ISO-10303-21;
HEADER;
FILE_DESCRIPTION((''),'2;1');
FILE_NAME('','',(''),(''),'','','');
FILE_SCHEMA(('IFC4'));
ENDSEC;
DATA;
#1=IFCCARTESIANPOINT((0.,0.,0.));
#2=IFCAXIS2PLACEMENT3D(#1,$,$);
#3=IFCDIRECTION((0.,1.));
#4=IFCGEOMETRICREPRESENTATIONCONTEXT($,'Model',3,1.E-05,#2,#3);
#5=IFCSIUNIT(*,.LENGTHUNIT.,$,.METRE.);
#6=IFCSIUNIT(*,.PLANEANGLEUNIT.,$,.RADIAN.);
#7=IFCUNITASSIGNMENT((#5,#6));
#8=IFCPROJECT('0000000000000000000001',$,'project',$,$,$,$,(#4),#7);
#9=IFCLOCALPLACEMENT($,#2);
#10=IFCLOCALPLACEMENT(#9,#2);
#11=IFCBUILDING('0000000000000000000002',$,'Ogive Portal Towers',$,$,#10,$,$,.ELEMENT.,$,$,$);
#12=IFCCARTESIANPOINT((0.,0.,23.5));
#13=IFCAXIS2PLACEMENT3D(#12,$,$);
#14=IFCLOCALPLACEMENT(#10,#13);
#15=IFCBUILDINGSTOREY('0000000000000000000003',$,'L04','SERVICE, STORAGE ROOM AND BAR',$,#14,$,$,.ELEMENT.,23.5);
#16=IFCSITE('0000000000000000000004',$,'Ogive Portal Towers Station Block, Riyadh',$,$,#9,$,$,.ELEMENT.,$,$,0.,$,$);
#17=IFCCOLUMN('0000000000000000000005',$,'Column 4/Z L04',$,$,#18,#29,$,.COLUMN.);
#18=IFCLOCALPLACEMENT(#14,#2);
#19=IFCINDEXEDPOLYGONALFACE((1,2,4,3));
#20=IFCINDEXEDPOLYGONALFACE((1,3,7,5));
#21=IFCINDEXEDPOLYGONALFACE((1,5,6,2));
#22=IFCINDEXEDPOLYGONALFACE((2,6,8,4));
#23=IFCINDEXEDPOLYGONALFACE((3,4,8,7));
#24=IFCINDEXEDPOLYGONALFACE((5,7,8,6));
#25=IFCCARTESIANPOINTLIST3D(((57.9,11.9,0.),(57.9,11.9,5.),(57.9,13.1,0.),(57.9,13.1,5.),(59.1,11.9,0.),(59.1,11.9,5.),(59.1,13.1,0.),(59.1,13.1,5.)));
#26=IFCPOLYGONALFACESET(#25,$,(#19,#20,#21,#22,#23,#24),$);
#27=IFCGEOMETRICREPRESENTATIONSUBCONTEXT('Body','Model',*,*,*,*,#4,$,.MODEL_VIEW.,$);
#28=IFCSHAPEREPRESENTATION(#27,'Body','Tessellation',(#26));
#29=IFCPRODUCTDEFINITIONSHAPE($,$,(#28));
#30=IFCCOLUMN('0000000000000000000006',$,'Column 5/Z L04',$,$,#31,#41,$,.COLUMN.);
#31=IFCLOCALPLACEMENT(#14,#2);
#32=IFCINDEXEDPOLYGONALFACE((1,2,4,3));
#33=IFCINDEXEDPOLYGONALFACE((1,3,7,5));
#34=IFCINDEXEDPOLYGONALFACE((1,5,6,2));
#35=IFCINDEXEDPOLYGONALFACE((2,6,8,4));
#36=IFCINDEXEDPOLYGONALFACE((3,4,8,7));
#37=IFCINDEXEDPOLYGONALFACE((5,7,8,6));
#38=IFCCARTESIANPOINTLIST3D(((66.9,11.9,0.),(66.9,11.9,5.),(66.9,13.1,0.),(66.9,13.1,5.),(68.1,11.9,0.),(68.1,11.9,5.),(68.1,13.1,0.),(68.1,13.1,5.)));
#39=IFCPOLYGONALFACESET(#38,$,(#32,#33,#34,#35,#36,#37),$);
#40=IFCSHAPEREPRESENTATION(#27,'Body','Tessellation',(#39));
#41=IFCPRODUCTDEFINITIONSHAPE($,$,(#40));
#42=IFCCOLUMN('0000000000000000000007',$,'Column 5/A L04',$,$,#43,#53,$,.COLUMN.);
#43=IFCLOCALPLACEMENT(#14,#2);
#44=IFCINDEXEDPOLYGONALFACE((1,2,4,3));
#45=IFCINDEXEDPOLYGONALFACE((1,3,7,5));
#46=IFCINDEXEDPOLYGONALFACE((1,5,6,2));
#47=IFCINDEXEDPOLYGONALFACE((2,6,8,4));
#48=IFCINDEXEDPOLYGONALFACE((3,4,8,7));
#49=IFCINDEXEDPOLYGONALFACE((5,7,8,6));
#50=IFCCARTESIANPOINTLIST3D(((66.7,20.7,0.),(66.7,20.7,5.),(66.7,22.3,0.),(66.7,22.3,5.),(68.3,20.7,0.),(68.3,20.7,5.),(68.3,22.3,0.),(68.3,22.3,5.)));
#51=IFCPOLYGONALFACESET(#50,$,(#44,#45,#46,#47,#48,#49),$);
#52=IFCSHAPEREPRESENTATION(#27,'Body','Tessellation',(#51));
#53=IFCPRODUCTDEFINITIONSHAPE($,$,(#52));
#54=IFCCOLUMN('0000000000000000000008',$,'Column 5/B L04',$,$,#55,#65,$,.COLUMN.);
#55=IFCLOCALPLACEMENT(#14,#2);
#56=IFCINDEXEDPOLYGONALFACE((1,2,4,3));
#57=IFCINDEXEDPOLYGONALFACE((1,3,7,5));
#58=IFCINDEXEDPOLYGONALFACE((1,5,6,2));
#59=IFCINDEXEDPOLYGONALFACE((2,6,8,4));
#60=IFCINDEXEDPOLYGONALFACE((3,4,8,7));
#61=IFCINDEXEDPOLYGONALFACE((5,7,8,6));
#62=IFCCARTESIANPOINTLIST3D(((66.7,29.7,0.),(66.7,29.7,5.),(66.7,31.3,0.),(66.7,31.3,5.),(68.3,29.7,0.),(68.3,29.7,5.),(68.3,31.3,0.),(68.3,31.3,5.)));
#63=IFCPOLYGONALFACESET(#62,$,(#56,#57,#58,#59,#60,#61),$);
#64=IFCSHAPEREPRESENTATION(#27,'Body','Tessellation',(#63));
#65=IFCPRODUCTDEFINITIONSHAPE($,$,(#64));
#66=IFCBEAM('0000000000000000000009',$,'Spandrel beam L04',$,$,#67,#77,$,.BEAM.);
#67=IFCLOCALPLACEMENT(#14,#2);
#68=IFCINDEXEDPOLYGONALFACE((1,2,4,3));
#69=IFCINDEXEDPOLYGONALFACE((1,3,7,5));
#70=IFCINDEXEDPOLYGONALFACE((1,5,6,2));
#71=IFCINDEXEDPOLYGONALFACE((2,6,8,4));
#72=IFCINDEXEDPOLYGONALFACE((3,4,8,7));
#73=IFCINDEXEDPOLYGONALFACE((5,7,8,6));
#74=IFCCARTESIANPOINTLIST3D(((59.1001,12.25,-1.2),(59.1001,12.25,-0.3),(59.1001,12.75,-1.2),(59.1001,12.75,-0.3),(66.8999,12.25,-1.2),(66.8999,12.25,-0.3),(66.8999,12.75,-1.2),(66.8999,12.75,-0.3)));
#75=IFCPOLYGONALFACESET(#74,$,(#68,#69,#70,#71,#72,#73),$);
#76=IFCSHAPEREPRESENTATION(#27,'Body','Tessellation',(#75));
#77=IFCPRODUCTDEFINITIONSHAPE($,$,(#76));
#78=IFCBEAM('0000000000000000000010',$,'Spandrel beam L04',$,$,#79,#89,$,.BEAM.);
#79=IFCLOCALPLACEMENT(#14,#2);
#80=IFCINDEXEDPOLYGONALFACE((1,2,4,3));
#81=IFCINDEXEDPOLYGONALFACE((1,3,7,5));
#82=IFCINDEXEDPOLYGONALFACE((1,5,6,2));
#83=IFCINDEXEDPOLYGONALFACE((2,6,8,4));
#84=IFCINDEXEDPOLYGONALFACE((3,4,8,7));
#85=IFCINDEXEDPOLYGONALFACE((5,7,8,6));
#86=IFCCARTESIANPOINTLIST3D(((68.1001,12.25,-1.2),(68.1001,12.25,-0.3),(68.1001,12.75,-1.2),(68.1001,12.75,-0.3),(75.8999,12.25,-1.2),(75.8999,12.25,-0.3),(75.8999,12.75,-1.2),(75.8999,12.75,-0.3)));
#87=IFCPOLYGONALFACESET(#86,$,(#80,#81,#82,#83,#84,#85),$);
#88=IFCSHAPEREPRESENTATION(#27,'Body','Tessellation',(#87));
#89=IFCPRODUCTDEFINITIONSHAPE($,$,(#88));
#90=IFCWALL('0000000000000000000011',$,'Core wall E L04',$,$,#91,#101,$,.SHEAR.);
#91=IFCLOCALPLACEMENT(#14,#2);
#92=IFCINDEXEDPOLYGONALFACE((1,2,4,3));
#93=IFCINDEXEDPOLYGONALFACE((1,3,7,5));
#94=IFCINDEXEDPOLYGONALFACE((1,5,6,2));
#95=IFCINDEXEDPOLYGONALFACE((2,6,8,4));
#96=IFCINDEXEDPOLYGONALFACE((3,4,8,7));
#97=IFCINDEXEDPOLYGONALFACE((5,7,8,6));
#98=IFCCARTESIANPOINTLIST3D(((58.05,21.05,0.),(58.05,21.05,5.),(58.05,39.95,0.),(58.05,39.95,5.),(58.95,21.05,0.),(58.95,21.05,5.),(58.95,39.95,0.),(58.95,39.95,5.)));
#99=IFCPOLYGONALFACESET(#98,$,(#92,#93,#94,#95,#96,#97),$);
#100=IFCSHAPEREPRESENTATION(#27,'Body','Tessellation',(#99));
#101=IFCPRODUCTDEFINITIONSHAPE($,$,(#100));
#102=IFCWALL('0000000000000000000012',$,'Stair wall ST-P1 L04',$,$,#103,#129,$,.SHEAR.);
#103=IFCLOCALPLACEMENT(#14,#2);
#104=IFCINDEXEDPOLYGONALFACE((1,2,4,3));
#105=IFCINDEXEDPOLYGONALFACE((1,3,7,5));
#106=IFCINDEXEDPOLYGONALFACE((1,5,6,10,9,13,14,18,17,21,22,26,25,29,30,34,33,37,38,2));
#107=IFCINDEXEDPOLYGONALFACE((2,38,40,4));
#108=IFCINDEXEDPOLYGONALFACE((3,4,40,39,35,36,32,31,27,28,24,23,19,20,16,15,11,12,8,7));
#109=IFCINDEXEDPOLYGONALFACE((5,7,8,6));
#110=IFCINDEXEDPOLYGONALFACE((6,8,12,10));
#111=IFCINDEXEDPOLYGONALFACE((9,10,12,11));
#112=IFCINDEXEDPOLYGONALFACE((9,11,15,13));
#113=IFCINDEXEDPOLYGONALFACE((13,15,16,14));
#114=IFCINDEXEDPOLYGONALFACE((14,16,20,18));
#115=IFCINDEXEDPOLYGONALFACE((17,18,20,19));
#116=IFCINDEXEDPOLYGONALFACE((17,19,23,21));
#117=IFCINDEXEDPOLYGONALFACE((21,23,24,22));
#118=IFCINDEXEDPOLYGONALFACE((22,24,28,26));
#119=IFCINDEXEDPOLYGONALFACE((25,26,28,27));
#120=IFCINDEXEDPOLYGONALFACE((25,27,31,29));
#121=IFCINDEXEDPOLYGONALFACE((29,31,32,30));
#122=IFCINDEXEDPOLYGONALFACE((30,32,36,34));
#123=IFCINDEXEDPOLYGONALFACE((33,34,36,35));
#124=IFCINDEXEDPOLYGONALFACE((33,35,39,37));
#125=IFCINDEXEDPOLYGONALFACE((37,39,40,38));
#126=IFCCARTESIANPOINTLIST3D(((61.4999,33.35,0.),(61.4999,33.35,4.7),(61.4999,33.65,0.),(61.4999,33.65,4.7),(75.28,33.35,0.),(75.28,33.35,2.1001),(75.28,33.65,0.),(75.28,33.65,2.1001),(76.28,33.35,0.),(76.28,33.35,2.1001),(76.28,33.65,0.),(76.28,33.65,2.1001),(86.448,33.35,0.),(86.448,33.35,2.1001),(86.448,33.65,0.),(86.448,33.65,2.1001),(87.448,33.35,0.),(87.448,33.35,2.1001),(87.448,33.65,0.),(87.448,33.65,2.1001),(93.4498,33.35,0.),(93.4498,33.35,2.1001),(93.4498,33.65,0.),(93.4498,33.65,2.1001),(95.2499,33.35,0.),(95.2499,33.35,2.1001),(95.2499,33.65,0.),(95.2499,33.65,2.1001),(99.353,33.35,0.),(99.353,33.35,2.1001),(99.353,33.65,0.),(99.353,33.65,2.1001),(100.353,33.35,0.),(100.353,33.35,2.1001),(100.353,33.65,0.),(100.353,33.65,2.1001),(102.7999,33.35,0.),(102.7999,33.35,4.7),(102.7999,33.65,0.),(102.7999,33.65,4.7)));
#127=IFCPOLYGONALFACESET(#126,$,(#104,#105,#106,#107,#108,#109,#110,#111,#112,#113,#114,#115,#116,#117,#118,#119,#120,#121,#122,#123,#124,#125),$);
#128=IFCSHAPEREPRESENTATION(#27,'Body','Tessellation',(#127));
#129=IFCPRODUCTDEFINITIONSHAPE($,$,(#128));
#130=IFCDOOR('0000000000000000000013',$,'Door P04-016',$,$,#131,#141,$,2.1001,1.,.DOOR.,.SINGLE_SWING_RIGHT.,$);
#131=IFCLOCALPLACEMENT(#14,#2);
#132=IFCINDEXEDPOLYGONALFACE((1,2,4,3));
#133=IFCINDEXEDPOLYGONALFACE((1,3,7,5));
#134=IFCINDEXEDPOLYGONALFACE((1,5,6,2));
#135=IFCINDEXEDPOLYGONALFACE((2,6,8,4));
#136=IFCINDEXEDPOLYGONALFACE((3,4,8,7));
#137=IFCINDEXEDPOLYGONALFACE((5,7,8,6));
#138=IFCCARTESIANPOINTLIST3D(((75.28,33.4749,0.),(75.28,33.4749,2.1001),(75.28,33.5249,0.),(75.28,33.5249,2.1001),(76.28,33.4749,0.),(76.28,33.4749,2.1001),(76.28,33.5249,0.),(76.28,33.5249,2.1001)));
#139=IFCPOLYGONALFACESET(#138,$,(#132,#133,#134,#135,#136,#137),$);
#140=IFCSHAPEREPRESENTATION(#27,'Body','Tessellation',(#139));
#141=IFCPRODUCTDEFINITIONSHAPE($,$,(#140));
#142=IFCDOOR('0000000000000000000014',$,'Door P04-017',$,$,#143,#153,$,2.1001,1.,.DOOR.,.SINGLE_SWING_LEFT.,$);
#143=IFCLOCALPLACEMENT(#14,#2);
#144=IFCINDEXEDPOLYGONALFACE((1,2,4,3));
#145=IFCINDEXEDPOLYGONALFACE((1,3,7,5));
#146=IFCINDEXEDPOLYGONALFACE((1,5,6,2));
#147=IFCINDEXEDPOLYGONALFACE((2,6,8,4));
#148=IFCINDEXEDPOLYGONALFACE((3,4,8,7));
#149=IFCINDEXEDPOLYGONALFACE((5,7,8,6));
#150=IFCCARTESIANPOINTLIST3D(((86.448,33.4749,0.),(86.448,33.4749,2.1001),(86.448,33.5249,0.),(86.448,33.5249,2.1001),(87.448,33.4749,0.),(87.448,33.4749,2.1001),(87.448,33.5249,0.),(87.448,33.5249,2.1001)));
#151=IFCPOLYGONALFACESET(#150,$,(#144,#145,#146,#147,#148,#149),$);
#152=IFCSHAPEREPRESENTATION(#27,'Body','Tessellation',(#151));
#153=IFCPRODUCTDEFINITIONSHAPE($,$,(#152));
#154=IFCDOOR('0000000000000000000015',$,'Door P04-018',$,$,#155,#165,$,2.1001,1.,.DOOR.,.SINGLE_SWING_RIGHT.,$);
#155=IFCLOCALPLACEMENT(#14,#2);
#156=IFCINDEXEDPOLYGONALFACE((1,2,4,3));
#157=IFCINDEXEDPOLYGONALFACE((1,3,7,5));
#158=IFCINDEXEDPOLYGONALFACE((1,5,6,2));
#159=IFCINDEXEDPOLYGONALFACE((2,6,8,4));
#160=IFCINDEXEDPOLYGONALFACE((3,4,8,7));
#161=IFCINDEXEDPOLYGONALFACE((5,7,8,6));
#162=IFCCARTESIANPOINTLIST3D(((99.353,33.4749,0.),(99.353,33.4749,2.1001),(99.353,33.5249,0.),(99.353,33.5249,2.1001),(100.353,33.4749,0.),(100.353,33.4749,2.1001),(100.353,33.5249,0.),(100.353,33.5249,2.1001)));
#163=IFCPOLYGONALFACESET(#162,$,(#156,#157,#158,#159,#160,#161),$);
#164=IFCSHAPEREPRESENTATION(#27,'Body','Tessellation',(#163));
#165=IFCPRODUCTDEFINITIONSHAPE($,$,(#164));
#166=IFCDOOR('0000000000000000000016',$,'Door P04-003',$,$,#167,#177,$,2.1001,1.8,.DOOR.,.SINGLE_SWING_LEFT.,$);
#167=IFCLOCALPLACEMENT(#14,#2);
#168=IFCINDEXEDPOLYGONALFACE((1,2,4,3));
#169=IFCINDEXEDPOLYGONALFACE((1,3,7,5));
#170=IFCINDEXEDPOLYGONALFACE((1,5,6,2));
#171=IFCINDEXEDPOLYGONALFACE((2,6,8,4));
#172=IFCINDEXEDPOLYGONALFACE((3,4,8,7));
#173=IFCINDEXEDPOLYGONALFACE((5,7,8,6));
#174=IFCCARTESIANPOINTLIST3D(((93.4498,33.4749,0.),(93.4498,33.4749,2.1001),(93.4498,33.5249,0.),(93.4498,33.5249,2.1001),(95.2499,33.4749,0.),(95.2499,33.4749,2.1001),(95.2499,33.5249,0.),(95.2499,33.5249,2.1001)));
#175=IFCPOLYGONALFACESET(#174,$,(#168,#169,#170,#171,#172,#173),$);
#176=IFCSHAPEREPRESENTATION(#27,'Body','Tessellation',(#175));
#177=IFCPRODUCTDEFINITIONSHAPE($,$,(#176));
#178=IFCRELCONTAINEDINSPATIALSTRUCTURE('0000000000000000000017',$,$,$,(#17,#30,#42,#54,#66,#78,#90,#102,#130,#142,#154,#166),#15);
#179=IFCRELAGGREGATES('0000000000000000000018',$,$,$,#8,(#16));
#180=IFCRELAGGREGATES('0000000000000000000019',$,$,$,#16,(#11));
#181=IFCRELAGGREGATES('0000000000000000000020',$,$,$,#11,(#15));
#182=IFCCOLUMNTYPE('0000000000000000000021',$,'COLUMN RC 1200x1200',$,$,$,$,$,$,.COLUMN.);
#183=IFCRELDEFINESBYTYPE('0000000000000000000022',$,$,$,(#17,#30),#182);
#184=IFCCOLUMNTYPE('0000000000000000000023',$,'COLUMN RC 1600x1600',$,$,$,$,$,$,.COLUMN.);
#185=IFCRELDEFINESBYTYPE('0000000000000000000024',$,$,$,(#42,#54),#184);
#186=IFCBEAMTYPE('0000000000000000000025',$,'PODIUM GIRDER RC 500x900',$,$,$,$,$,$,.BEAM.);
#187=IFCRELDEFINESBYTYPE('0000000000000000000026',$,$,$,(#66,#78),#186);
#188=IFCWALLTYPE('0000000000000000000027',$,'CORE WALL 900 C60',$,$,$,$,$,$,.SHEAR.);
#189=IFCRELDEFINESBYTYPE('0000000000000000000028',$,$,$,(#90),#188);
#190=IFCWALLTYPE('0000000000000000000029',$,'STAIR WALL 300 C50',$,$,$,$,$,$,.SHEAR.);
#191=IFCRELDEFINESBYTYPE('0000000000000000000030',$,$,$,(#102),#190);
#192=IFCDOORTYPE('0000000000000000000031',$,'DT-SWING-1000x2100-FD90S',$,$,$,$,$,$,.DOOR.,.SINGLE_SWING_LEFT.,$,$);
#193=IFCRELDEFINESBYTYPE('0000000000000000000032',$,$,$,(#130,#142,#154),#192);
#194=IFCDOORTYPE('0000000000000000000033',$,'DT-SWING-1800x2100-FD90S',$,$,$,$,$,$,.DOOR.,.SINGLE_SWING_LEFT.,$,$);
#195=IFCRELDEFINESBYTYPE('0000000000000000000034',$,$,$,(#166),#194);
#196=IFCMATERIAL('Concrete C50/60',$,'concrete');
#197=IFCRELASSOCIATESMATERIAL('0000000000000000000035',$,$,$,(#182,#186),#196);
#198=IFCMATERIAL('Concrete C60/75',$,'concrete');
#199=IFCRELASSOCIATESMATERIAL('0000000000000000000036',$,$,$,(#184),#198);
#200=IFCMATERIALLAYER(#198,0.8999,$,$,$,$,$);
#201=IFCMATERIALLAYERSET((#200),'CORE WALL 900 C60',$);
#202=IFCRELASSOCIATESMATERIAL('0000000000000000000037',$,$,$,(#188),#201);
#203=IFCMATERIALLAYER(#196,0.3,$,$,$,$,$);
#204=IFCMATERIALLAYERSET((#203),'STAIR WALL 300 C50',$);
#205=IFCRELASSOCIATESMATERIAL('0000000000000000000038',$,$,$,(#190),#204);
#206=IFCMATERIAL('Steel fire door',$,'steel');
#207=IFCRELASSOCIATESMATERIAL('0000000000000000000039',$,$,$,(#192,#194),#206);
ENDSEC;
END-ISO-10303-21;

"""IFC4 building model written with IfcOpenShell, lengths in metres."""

from ifc_helpers import new_model, si_unit, direction, frame, frame_2d, origin, origin_2d, place, context, subcontext, project, spatial, rectangle, extrude, material, layer, layer_set, material_profile, profile_set, type_object, element, fill, save


model = new_model("IFC4")

# Units and contexts
model_context = context("Model", 3, precision=1e-05, world=origin(), true_north=direction((0.0, 1.0)))
body_context = subcontext(model_context, "Body", "Model", "MODEL_VIEW")
ifc_project = project(units=[si_unit("LENGTHUNIT", "METRE"), si_unit("PLANEANGLEUNIT", "RADIAN")], contexts=[model_context])

# Site, building, storey
site_placement = place(None, origin())
site = spatial("IfcSite", under=ifc_project, at=site_placement, Name="Ogive Portal Towers Station Block, Riyadh", CompositionType="ELEMENT", RefElevation=0.0)
building_placement = place(site_placement, origin())
building = spatial("IfcBuilding", under=site, at=building_placement, Name="Ogive Portal Towers", CompositionType="ELEMENT")
storey_placement = place(building_placement, frame((0.0, 0.0, 23.5)))
storey = spatial("IfcBuildingStorey", under=building, at=storey_placement, Name="L04", Description="SERVICE, STORAGE ROOM AND BAR", CompositionType="ELEMENT", Elevation=23.5)

# Columns
ifc_material_1 = material(Name="Concrete C50/60", Category="concrete")
ifc_material_profile_1 = material_profile(ifc_material_1, rectangle(XDim=1.2, YDim=1.2, at=origin_2d()), Name="RC 1200x1200")
ifc_profile_set_1 = profile_set([ifc_material_profile_1], Name="Concrete C50/60")
column_type_1 = type_object("IfcColumnType", Name="COLUMN RC 1200x1200", PredefinedType="COLUMN", material=ifc_profile_set_1)
for number, where, z_axis, x_axis, name in (
    (1, (58.5, 12.5, 0.0), (0.0, 0.0, 1.0), (1.0, 0.0, 0.0), "Column 4/Z L04"),
    (2, (67.5, 12.5, 0.0), (0.0, 0.0, 1.0), (1.0, 0.0, 0.0), "Column 5/Z L04"),
):
    element("IfcColumn", number, at=place(storey_placement, frame(where, z_axis=z_axis, x_axis=x_axis)), inside=storey, type_object=column_type_1, Name=name, PredefinedType="COLUMN", context=body_context, shape_type="SweptSolid", body=[
        extrude(rectangle(XDim=1.2, YDim=1.2, at=origin_2d()), origin(), (0.0, 0.0, 1.0), 5.0),
    ])
ifc_material_2 = material(Name="Concrete C60/75", Category="concrete")
ifc_material_profile_2 = material_profile(ifc_material_2, rectangle(XDim=1.6001, YDim=1.6001, at=origin_2d()), Name="RC 1600x1600")
ifc_profile_set_2 = profile_set([ifc_material_profile_2], Name="Concrete C60/75")
column_type_2 = type_object("IfcColumnType", Name="COLUMN RC 1600x1600", PredefinedType="COLUMN", material=ifc_profile_set_2)
for number, where, z_axis, x_axis, name in (
    (3, (67.5, 21.5, 0.0), (0.0, 0.0, 1.0), (1.0, 0.0, 0.0), "Column 5/A L04"),
    (4, (67.5, 30.5, 0.0), (0.0, 0.0, 1.0), (1.0, 0.0, 0.0), "Column 5/B L04"),
):
    element("IfcColumn", number, at=place(storey_placement, frame(where, z_axis=z_axis, x_axis=x_axis)), inside=storey, type_object=column_type_2, Name=name, PredefinedType="COLUMN", context=body_context, shape_type="SweptSolid", body=[
        extrude(rectangle(XDim=1.6001, YDim=1.6001, at=origin_2d()), origin(), (0.0, 0.0, 1.0), 5.0),
    ])

# Beams
ifc_material_profile_3 = material_profile(ifc_material_1, rectangle(XDim=0.5, YDim=0.8999, at=origin_2d()), Name="RC 500x900")
ifc_profile_set_3 = profile_set([ifc_material_profile_3], Name="Concrete C50/60")
beam_type = type_object("IfcBeamType", Name="PODIUM GIRDER RC 500x900", PredefinedType="BEAM", material=ifc_profile_set_3)
for number, where, z_axis, x_axis, name in (
    (5, (59.1001, 12.5, -0.75), (1.0, 0.0, 0.0), (0.0, 1.0, 0.0), "Spandrel beam L04"),
    (6, (68.1001, 12.5, -0.75), (1.0, 0.0, 0.0), (0.0, 1.0, 0.0), "Spandrel beam L04"),
):
    element("IfcBeam", number, at=place(storey_placement, frame(where, z_axis=z_axis, x_axis=x_axis)), inside=storey, type_object=beam_type, Name=name, PredefinedType="BEAM", context=body_context, shape_type="SweptSolid", body=[
        extrude(rectangle(XDim=0.5, YDim=0.8999, at=origin_2d()), origin(), (0.0, 0.0, 1.0), 7.7998),
    ])

# Wall
ifc_layer_1 = layer(ifc_material_2, 0.8999)
ifc_layer_set_1 = layer_set([ifc_layer_1], Name="CORE WALL 900 C60")
wall_type_1 = type_object("IfcWallType", Name="CORE WALL 900 C60", PredefinedType="SHEAR", material=ifc_layer_set_1)
wall_1_placement = place(storey_placement, frame((58.5, 21.05, 0.0), z_axis=(0.0, 0.0, 1.0), x_axis=(0.0, 1.0, 0.0)))
element("IfcWall", 7, at=wall_1_placement, inside=storey, type_object=wall_type_1, Name="Core wall E L04", PredefinedType="SHEAR", context=body_context, shape_type="SweptSolid", body=[
    extrude(rectangle(XDim=18.8999, YDim=0.8999, at=frame_2d((9.45, 0.0))), origin(), (0.0, 0.0, 1.0), 5.0),
])

# Wall, openings, doors
ifc_layer_2 = layer(ifc_material_1, 0.3)
ifc_layer_set_2 = layer_set([ifc_layer_2], Name="STAIR WALL 300 C50")
wall_type_2 = type_object("IfcWallType", Name="STAIR WALL 300 C50", PredefinedType="SHEAR", material=ifc_layer_set_2)
wall_2_placement = place(storey_placement, frame((61.5, 33.5, 0.0), z_axis=(0.0, 0.0, 1.0), x_axis=(1.0, 0.0, 0.0)))
wall_2 = element("IfcWall", 8, at=wall_2_placement, inside=storey, type_object=wall_type_2, Name="Stair wall ST-P1 L04", PredefinedType="SHEAR", context=body_context, shape_type="SweptSolid", body=[
    extrude(rectangle(XDim=41.3, YDim=0.3, at=frame_2d((20.6499, 0.0))), origin(), (0.0, 0.0, 1.0), 4.7),
])
opening_1_placement = place(wall_2_placement, frame((31.95, 0.0, 0.0)))
opening_1 = element("IfcOpeningElement", 9, at=opening_1_placement, cuts=wall_2, PredefinedType="OPENING", context=body_context, shape_type="SweptSolid", body=[
    extrude(rectangle(XDim=1.8, YDim=2.1001, at=frame_2d((0.8999, 1.05))), frame((0.0, 0.1602, 0.0), z_axis=(0.0, -1.0, 0.0), x_axis=(1.0, 0.0, 0.0)), (0.0, 0.0, 1.0), 0.3201),
])
opening_2_placement = place(wall_2_placement, frame((13.78, 0.0, 0.0)))
opening_2 = element("IfcOpeningElement", 10, at=opening_2_placement, cuts=wall_2, PredefinedType="OPENING", context=body_context, shape_type="SweptSolid", body=[
    extrude(rectangle(XDim=1.0, YDim=2.1001, at=frame_2d((0.5, 1.05))), frame((0.0, 0.1602, 0.0), z_axis=(0.0, -1.0, 0.0), x_axis=(1.0, 0.0, 0.0)), (0.0, 0.0, 1.0), 0.3201),
])
opening_3_placement = place(wall_2_placement, frame((24.948, 0.0, 0.0)))
opening_3 = element("IfcOpeningElement", 11, at=opening_3_placement, cuts=wall_2, PredefinedType="OPENING", context=body_context, shape_type="SweptSolid", body=[
    extrude(rectangle(XDim=1.0, YDim=2.1001, at=frame_2d((0.5, 1.05))), frame((0.0, 0.1602, 0.0), z_axis=(0.0, -1.0, 0.0), x_axis=(1.0, 0.0, 0.0)), (0.0, 0.0, 1.0), 0.3201),
])
opening_4_placement = place(wall_2_placement, frame((37.853, 0.0, 0.0)))
opening_4 = element("IfcOpeningElement", 12, at=opening_4_placement, cuts=wall_2, PredefinedType="OPENING", context=body_context, shape_type="SweptSolid", body=[
    extrude(rectangle(XDim=1.0, YDim=2.1001, at=frame_2d((0.5, 1.05))), frame((0.0, 0.1602, 0.0), z_axis=(0.0, -1.0, 0.0), x_axis=(1.0, 0.0, 0.0)), (0.0, 0.0, 1.0), 0.3201),
])
ifc_material_3 = material(Name="Steel fire door", Category="steel")
door_type_1 = type_object("IfcDoorType", Name="DT-SWING-1000x2100-FD90S", OperationType="SINGLE_SWING_LEFT", PredefinedType="DOOR", material=ifc_material_3)
door_1_placement = place(opening_2_placement, origin())
door_1 = element("IfcDoor", 13, at=door_1_placement, inside=storey, type_object=door_type_1, Name="Door P04-016", OperationType="SINGLE_SWING_RIGHT", OverallHeight=2.1001, OverallWidth=1.0, PredefinedType="DOOR", context=body_context, shape_type="SweptSolid", body=[
    extrude(rectangle(XDim=1.0, YDim=2.1001, at=frame_2d((0.5, 1.05))), frame((0.0, 0.0249, 0.0), z_axis=(0.0, -1.0, 0.0), x_axis=(1.0, 0.0, 0.0)), (0.0, 0.0, 1.0), 0.05),
])
fill(opening_2, door_1)
door_2_placement = place(opening_3_placement, origin())
door_2 = element("IfcDoor", 14, at=door_2_placement, inside=storey, type_object=door_type_1, Name="Door P04-017", OperationType="SINGLE_SWING_LEFT", OverallHeight=2.1001, OverallWidth=1.0, PredefinedType="DOOR", context=body_context, shape_type="SweptSolid", body=[
    extrude(rectangle(XDim=1.0, YDim=2.1001, at=frame_2d((0.5, 1.05))), frame((0.0, 0.0249, 0.0), z_axis=(0.0, -1.0, 0.0), x_axis=(1.0, 0.0, 0.0)), (0.0, 0.0, 1.0), 0.05),
])
fill(opening_3, door_2)
door_3_placement = place(opening_4_placement, origin())
door_3 = element("IfcDoor", 15, at=door_3_placement, inside=storey, type_object=door_type_1, Name="Door P04-018", OperationType="SINGLE_SWING_RIGHT", OverallHeight=2.1001, OverallWidth=1.0, PredefinedType="DOOR", context=body_context, shape_type="SweptSolid", body=[
    extrude(rectangle(XDim=1.0, YDim=2.1001, at=frame_2d((0.5, 1.05))), frame((0.0, 0.0249, 0.0), z_axis=(0.0, -1.0, 0.0), x_axis=(1.0, 0.0, 0.0)), (0.0, 0.0, 1.0), 0.05),
])
fill(opening_4, door_3)
door_type_2 = type_object("IfcDoorType", Name="DT-SWING-1800x2100-FD90S", OperationType="SINGLE_SWING_LEFT", PredefinedType="DOOR", material=ifc_material_3)
door_4_placement = place(opening_1_placement, origin())
door_4 = element("IfcDoor", 16, at=door_4_placement, inside=storey, type_object=door_type_2, Name="Door P04-003", OperationType="SINGLE_SWING_LEFT", OverallHeight=2.1001, OverallWidth=1.8, PredefinedType="DOOR", context=body_context, shape_type="SweptSolid", body=[
    extrude(rectangle(XDim=1.8, YDim=2.1001, at=frame_2d((0.8999, 1.05))), frame((0.0, 0.0249, 0.0), z_axis=(0.0, -1.0, 0.0), x_axis=(1.0, 0.0, 0.0)), (0.0, 0.0, 1.0), 0.05),
])
fill(opening_1, door_4)

save(model, "model.ifc")
